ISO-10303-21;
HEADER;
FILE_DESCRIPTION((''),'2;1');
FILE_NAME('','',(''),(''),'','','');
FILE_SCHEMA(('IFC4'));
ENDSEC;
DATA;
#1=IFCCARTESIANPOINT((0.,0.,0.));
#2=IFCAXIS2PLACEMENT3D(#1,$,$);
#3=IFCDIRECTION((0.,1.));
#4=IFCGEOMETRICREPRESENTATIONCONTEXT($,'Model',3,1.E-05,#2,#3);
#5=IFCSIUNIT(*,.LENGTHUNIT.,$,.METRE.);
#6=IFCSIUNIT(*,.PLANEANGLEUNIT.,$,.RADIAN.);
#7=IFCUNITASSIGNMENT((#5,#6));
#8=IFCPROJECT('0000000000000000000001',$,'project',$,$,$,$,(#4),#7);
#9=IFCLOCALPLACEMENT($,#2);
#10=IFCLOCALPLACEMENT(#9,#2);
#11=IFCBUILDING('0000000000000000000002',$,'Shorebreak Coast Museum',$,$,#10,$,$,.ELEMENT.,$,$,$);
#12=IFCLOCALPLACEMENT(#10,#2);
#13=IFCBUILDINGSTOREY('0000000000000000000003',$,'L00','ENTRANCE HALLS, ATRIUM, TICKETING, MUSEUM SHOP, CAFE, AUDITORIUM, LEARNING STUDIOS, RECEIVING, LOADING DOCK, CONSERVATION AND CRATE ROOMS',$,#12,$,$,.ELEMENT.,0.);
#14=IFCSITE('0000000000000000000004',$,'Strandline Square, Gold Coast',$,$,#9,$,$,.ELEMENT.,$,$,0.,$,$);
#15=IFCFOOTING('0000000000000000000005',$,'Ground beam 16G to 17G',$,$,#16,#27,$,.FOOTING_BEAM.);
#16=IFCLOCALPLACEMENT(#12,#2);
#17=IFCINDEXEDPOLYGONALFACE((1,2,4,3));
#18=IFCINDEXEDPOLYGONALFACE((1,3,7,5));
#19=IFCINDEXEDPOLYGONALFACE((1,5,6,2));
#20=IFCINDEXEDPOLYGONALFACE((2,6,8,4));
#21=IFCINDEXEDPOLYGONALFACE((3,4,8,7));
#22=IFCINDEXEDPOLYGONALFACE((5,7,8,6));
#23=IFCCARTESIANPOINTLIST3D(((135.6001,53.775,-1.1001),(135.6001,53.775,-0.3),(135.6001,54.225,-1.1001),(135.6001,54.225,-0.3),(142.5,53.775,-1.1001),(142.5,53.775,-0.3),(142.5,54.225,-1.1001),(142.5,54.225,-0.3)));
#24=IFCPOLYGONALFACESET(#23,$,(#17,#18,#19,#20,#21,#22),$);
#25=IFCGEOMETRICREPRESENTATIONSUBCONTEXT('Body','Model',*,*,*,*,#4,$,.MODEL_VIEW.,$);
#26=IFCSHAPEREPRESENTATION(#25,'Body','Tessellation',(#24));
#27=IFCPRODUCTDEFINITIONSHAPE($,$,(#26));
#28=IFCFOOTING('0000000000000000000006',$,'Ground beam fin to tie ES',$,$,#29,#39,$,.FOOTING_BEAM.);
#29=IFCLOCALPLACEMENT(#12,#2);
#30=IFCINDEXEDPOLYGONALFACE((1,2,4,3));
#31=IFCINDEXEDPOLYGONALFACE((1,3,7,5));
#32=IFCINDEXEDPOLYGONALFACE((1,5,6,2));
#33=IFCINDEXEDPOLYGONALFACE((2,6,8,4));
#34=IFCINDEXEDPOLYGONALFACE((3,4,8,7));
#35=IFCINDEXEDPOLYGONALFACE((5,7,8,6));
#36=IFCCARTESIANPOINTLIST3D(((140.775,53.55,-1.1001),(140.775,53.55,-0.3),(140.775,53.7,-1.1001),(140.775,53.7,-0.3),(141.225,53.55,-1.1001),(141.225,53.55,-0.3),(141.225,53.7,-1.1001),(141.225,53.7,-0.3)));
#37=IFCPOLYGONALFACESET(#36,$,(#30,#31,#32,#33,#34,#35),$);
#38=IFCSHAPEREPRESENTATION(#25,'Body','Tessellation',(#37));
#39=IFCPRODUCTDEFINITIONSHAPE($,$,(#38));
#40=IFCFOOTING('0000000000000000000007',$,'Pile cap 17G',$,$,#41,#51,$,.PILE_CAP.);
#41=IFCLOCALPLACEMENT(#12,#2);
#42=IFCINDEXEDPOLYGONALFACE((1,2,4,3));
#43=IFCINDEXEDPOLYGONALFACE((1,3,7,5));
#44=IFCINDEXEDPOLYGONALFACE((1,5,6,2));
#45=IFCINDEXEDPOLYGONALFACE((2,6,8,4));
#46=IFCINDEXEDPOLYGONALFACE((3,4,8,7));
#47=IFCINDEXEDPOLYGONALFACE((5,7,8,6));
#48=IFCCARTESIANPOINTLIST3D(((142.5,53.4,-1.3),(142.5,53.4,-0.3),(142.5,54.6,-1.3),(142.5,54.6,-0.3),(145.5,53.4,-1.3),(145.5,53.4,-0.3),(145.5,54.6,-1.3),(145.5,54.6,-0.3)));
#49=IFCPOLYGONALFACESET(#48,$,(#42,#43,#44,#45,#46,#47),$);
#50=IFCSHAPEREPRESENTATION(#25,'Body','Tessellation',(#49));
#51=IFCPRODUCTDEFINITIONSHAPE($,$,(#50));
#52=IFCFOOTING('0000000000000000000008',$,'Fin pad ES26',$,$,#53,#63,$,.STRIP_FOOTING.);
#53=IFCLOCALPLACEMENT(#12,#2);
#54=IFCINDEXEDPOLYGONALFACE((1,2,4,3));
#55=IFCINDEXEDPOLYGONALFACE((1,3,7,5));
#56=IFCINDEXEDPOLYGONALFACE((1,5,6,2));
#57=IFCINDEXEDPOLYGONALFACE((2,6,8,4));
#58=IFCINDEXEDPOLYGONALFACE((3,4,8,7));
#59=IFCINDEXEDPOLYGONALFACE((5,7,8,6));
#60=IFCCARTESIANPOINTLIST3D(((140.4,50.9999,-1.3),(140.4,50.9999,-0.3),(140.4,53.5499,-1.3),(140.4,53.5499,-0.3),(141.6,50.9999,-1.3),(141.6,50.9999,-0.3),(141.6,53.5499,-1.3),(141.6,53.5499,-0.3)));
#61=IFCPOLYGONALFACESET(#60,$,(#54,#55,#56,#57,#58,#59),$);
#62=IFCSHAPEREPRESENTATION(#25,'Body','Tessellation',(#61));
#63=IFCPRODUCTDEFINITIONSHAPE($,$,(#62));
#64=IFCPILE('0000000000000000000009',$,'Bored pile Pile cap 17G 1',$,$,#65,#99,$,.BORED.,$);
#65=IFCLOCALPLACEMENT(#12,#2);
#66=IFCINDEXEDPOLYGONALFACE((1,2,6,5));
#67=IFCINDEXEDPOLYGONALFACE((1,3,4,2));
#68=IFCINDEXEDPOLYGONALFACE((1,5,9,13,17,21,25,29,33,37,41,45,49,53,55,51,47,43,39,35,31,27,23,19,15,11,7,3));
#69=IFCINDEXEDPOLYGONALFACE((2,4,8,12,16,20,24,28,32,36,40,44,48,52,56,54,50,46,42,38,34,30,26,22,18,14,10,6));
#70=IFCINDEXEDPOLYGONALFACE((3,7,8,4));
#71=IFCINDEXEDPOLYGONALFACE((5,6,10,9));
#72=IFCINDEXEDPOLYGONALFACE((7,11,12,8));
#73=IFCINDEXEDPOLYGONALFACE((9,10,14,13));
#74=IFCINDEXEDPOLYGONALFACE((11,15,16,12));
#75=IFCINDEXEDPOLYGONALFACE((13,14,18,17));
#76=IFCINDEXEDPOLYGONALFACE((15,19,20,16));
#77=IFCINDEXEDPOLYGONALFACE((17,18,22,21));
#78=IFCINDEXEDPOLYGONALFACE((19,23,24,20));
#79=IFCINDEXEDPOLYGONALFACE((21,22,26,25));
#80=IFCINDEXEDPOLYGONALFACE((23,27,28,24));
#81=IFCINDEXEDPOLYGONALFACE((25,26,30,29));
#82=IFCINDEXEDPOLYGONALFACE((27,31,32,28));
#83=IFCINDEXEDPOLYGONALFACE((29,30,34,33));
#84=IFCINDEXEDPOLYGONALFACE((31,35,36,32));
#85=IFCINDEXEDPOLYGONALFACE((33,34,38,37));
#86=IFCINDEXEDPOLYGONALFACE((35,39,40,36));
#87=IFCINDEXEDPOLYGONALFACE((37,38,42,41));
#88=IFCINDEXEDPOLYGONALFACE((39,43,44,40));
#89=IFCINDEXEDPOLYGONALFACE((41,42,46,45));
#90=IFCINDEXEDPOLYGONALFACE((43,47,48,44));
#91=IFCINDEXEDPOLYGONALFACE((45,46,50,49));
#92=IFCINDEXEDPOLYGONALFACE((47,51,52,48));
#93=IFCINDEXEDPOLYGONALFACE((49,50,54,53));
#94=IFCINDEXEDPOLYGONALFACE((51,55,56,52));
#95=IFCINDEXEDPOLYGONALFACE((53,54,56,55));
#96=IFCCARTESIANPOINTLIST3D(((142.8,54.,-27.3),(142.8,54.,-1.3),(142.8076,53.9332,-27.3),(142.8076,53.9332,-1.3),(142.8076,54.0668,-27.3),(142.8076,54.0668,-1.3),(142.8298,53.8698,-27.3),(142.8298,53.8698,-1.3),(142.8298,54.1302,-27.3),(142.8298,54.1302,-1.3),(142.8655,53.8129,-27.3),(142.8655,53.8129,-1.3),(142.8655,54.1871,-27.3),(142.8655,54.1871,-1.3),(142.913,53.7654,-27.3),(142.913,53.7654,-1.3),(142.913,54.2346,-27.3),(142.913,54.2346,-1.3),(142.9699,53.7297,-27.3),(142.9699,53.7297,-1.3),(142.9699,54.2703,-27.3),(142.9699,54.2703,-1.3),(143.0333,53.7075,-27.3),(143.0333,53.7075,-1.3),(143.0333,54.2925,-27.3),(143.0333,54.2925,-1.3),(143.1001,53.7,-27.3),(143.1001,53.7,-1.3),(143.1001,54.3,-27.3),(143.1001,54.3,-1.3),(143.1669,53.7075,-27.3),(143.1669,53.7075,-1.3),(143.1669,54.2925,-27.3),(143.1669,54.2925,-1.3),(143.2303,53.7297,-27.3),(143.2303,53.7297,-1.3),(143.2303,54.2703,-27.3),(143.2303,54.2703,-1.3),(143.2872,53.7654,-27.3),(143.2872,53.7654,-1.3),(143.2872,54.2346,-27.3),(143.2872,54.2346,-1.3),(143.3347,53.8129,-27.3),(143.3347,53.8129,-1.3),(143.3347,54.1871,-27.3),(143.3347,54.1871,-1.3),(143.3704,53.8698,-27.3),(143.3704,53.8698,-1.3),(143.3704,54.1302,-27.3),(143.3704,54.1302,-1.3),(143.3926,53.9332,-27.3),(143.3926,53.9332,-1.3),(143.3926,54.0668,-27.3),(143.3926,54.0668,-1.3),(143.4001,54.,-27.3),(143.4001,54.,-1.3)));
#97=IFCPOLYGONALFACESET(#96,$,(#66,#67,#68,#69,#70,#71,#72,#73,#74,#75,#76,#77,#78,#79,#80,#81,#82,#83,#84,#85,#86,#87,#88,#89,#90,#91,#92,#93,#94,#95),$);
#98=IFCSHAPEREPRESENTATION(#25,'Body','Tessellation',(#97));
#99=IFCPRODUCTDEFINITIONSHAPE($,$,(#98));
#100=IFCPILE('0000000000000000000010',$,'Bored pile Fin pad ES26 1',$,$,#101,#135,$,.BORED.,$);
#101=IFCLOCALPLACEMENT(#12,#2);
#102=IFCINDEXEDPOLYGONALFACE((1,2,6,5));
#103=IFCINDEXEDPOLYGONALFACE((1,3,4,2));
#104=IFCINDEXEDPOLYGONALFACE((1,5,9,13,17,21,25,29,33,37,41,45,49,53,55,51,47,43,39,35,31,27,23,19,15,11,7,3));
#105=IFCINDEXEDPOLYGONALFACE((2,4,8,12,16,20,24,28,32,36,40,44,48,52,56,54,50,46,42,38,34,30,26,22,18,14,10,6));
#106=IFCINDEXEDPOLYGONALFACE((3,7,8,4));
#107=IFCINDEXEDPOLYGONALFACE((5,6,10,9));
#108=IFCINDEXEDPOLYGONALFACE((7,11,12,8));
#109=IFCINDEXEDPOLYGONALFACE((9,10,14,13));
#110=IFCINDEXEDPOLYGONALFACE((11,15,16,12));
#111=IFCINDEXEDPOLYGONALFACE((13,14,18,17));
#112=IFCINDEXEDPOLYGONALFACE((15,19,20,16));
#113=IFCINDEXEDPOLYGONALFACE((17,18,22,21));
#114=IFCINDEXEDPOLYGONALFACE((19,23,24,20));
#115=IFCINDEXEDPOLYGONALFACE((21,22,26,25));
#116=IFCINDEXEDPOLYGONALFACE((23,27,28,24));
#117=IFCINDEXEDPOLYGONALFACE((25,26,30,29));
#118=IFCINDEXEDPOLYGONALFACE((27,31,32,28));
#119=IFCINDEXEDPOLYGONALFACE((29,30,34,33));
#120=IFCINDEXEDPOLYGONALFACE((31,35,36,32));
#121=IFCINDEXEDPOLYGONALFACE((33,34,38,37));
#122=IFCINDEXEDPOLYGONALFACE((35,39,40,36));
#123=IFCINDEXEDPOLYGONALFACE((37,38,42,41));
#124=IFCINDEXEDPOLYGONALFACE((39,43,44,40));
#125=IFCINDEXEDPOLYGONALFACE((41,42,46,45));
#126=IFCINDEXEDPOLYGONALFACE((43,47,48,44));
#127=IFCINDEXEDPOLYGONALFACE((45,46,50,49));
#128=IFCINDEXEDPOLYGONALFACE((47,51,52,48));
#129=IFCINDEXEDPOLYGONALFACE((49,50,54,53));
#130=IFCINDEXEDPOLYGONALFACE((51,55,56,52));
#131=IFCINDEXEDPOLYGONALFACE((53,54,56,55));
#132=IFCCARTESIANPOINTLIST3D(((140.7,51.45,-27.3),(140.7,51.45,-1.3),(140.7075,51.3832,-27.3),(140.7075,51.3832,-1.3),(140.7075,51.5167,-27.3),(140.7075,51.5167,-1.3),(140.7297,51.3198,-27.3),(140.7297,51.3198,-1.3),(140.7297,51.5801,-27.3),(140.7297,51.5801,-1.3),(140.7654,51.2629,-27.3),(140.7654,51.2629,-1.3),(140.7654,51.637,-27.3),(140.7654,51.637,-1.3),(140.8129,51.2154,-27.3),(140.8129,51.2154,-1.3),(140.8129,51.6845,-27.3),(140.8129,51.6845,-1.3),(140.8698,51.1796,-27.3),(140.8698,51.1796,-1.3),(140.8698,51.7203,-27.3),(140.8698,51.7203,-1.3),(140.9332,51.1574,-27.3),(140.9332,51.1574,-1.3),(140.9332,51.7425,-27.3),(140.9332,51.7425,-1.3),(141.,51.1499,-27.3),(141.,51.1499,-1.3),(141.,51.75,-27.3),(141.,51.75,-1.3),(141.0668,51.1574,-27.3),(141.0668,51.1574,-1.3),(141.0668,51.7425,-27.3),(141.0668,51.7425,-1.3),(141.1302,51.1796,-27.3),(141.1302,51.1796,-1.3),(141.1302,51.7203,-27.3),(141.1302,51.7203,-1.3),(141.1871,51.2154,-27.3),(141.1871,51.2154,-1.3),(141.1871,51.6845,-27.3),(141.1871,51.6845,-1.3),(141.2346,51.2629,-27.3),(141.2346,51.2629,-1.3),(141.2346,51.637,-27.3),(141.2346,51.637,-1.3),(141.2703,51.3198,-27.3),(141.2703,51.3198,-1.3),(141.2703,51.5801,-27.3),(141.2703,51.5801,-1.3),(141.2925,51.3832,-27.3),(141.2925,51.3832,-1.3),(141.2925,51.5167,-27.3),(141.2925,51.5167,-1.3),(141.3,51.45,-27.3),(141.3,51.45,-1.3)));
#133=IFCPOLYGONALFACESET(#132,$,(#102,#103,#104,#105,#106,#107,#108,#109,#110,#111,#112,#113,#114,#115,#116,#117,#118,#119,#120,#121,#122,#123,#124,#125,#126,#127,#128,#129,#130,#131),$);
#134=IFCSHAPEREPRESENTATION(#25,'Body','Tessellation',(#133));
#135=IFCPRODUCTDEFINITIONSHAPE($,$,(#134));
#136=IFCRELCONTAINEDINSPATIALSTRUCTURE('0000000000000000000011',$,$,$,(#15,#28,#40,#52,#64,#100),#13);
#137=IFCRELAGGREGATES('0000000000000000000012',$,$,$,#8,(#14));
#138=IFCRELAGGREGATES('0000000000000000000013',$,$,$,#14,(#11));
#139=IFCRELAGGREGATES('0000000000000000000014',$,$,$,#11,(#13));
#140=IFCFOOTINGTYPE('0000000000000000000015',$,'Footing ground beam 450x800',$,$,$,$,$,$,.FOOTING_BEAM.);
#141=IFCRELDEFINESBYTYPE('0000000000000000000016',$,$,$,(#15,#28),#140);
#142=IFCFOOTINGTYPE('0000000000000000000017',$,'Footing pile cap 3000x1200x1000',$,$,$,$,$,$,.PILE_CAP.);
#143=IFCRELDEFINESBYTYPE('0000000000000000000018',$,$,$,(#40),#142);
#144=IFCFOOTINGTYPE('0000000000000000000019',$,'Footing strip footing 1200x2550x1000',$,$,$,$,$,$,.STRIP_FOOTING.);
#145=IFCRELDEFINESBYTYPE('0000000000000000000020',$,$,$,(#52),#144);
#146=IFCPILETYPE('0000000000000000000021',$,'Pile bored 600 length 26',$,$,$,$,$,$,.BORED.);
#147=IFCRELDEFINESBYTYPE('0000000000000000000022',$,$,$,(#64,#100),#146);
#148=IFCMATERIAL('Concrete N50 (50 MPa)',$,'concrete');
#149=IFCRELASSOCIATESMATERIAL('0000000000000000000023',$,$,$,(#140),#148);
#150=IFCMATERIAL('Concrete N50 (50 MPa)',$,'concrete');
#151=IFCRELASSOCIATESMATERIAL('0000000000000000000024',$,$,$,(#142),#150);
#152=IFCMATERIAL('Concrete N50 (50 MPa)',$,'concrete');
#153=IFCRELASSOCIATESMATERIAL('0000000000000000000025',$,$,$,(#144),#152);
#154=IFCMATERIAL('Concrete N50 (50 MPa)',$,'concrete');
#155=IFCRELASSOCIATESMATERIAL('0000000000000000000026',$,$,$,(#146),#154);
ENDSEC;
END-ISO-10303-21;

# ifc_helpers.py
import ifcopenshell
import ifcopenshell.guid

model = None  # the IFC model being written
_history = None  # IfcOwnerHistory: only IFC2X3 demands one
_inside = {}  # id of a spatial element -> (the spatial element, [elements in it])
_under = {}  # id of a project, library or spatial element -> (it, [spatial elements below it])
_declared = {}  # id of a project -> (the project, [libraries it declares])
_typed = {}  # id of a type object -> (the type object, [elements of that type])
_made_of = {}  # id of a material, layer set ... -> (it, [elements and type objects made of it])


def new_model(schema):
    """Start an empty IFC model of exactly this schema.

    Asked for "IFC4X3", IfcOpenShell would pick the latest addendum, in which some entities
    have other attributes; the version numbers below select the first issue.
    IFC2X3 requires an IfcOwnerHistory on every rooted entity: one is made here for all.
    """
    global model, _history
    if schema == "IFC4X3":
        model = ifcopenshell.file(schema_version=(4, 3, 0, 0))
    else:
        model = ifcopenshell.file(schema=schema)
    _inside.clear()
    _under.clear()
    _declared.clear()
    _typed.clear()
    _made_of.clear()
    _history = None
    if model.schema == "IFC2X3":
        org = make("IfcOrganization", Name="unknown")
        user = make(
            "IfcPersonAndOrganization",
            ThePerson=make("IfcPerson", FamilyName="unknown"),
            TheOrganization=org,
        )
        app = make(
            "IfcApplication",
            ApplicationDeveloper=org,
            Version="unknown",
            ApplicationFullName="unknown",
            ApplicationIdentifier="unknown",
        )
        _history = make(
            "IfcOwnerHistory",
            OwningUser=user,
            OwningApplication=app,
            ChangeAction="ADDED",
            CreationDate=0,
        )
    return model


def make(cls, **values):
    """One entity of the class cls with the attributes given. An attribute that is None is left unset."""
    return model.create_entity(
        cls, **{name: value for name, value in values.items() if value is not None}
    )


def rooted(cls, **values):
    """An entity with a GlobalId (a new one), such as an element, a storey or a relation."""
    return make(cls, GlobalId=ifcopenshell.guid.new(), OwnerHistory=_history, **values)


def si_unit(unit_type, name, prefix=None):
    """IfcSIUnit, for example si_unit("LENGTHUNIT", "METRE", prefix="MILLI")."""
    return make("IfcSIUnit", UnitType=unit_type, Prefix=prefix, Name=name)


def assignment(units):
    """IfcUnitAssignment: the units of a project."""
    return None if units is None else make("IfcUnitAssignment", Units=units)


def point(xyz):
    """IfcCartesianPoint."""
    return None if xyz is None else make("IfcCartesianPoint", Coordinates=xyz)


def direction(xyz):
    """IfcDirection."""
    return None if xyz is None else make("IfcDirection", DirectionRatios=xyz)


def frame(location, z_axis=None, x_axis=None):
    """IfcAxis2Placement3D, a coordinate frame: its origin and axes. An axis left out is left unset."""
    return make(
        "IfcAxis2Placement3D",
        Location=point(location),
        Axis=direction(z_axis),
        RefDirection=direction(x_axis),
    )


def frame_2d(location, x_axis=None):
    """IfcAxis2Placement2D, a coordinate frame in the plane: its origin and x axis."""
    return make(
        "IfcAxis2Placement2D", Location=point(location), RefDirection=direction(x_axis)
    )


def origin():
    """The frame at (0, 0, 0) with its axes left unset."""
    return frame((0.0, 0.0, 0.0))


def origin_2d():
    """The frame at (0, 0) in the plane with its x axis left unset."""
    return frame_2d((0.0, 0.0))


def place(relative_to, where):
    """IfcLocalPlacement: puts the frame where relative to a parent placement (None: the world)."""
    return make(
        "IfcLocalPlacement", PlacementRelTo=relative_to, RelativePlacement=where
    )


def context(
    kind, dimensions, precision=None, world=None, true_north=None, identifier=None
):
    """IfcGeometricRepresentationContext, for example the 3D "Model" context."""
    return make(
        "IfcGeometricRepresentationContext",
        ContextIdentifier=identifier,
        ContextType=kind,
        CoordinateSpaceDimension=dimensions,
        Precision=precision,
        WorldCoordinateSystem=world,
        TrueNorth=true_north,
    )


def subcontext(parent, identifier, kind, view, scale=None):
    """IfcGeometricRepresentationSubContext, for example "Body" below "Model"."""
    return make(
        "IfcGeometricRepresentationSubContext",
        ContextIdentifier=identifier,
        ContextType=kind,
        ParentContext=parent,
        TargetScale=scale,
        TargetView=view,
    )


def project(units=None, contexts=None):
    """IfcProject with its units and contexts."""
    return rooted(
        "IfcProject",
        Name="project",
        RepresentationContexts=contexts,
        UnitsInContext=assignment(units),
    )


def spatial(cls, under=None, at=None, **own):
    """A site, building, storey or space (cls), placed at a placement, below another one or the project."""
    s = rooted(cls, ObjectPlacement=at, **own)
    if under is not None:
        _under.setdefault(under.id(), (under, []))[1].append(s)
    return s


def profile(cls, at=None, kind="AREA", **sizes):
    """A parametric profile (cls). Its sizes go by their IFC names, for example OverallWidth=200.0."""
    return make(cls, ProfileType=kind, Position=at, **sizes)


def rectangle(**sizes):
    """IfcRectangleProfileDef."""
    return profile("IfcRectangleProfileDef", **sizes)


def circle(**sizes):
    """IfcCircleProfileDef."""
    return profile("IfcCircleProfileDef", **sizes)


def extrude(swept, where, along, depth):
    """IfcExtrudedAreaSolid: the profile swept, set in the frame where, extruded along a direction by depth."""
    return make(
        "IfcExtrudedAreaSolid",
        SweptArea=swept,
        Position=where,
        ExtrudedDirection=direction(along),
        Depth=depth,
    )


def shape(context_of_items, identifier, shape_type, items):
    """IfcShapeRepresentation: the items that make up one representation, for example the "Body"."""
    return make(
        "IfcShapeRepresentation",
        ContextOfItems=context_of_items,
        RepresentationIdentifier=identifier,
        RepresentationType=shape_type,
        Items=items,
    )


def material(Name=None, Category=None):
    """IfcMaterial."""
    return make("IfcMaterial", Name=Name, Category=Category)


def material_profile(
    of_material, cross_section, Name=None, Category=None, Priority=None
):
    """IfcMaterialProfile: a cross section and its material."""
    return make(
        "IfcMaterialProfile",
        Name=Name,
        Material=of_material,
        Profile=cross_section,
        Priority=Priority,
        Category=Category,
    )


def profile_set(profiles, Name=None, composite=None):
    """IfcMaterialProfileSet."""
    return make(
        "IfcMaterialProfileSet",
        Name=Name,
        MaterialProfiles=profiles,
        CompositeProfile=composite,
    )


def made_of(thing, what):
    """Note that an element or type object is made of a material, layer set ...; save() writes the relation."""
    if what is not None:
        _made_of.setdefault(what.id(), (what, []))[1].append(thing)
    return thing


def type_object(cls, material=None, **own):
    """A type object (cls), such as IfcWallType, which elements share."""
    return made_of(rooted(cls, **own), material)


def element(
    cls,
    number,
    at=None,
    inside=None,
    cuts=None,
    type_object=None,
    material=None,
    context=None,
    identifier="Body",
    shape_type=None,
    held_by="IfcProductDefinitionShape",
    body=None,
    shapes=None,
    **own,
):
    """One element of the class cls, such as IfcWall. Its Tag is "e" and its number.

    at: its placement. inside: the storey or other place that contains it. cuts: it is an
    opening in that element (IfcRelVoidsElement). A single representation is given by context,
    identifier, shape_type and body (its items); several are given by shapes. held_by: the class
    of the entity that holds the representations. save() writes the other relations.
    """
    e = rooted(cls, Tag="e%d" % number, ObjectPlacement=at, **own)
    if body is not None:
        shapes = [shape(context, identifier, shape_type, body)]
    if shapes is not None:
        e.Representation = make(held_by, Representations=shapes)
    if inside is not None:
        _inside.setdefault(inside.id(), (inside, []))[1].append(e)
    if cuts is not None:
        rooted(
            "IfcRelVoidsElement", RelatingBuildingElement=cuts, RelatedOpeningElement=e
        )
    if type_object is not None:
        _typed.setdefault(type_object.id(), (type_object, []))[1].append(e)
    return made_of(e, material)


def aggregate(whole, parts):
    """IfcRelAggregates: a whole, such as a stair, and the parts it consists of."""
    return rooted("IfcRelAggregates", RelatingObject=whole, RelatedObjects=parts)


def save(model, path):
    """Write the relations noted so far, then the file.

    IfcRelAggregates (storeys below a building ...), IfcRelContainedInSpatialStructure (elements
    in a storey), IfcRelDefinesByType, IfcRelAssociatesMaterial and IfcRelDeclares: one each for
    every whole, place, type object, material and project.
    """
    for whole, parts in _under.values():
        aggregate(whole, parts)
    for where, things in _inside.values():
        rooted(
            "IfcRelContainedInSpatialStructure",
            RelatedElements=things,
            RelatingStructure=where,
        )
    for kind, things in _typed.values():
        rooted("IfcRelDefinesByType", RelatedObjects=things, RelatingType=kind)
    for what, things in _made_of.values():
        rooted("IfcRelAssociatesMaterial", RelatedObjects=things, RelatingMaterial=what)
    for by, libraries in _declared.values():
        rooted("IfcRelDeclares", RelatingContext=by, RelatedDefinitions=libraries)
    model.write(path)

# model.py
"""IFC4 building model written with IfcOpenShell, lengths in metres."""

from ifc_helpers import new_model, si_unit, direction, frame, origin, origin_2d, place, context, subcontext, project, spatial, rectangle, circle, extrude, material, material_profile, profile_set, type_object, element, save


model = new_model("IFC4")

# Units and contexts
model_context = context("Model", 3, precision=1e-05, world=origin(), true_north=direction((0.0, 1.0)))
body_context = subcontext(model_context, "Body", "Model", "MODEL_VIEW")
ifc_project = project(units=[si_unit("LENGTHUNIT", "METRE"), si_unit("PLANEANGLEUNIT", "RADIAN")], contexts=[model_context])

# Site, building, storey
site_placement = place(None, origin())
site = spatial("IfcSite", under=ifc_project, at=site_placement, Name="Strandline Square, Gold Coast", CompositionType="ELEMENT", RefElevation=0.0)
building_placement = place(site_placement, origin())
building = spatial("IfcBuilding", under=site, at=building_placement, Name="Shorebreak Coast Museum", CompositionType="ELEMENT")
storey_placement = place(building_placement, origin())
storey = spatial("IfcBuildingStorey", under=building, at=storey_placement, Name="L00", Description="ENTRANCE HALLS, ATRIUM, TICKETING, MUSEUM SHOP, CAFE, AUDITORIUM, LEARNING STUDIOS, RECEIVING, LOADING DOCK, CONSERVATION AND CRATE ROOMS", CompositionType="ELEMENT", Elevation=0.0)

# Footings
ifc_material_1 = material(Name="Concrete N50 (50 MPa)", Category="concrete")
footing_type_1 = type_object("IfcFootingType", Name="Footing ground beam 450x800", PredefinedType="FOOTING_BEAM", material=ifc_material_1)
footing_1_placement = place(storey_placement, frame((139.05, 54.0, -1.1001), z_axis=(0.0, 0.0, 1.0), x_axis=(1.0, 0.0, 0.0)))
element("IfcFooting", 1, at=footing_1_placement, inside=storey, type_object=footing_type_1, Name="Ground beam 16G to 17G", PredefinedType="FOOTING_BEAM", context=body_context, shape_type="SweptSolid", body=[
    extrude(rectangle(XDim=6.8999, YDim=0.45, at=origin_2d()), origin(), (0.0, 0.0, 1.0), 0.8),
])
footing_2_placement = place(storey_placement, frame((141.0, 53.625, -1.1001), z_axis=(0.0, 0.0, 1.0), x_axis=(1.0, 0.0, 0.0)))
element("IfcFooting", 2, at=footing_2_placement, inside=storey, type_object=footing_type_1, Name="Ground beam fin to tie ES", PredefinedType="FOOTING_BEAM", context=body_context, shape_type="SweptSolid", body=[
    extrude(rectangle(XDim=0.45, YDim=0.1499, at=origin_2d()), origin(), (0.0, 0.0, 1.0), 0.8),
])
ifc_material_2 = material(Name="Concrete N50 (50 MPa)", Category="concrete")
footing_type_2 = type_object("IfcFootingType", Name="Footing pile cap 3000x1200x1000", PredefinedType="PILE_CAP", material=ifc_material_2)
footing_3_placement = place(storey_placement, frame((144.0, 54.0, -1.3), z_axis=(0.0, 0.0, 1.0), x_axis=(1.0, 0.0, 0.0)))
element("IfcFooting", 3, at=footing_3_placement, inside=storey, type_object=footing_type_2, Name="Pile cap 17G", PredefinedType="PILE_CAP", context=body_context, shape_type="SweptSolid", body=[
    extrude(rectangle(XDim=3.0, YDim=1.2, at=origin_2d()), origin(), (0.0, 0.0, 1.0), 1.0),
])
ifc_material_3 = material(Name="Concrete N50 (50 MPa)", Category="concrete")
footing_type_3 = type_object("IfcFootingType", Name="Footing strip footing 1200x2550x1000", PredefinedType="STRIP_FOOTING", material=ifc_material_3)
footing_4_placement = place(storey_placement, frame((141.0, 52.2749, -1.3), z_axis=(0.0, 0.0, 1.0), x_axis=(1.0, 0.0, 0.0)))
element("IfcFooting", 4, at=footing_4_placement, inside=storey, type_object=footing_type_3, Name="Fin pad ES26", PredefinedType="STRIP_FOOTING", context=body_context, shape_type="SweptSolid", body=[
    extrude(rectangle(XDim=1.2, YDim=2.55, at=origin_2d()), origin(), (0.0, 0.0, 1.0), 1.0),
])

# Piles
ifc_material_4 = material(Name="Concrete N50 (50 MPa)", Category="concrete")
ifc_material_profile_1 = material_profile(ifc_material_4, circle(Radius=0.3, at=origin_2d()), Name="Pile bored 600 length 26")
ifc_profile_set_1 = profile_set([ifc_material_profile_1], Name="Concrete N50 (50 MPa)")
pile_type = type_object("IfcPileType", Name="Pile bored 600 length 26", PredefinedType="BORED", material=ifc_profile_set_1)
for number, where, z_axis, x_axis, name in (
    (5, (143.1001, 54.0, -1.3), (0.0, 0.0, -1.0), (1.0, 0.0, 0.0), "Bored pile Pile cap 17G 1"),
    (6, (141.0, 51.45, -1.3), (0.0, 0.0, -1.0), (1.0, 0.0, 0.0), "Bored pile Fin pad ES26 1"),
):
    element("IfcPile", number, at=place(storey_placement, frame(where, z_axis=z_axis, x_axis=x_axis)), inside=storey, type_object=pile_type, Name=name, PredefinedType="BORED", context=body_context, shape_type="SweptSolid", body=[
        extrude(circle(Radius=0.3, at=origin_2d()), origin(), (0.0, 0.0, 1.0), 26.0),
    ])

save(model, "model.ifc")
